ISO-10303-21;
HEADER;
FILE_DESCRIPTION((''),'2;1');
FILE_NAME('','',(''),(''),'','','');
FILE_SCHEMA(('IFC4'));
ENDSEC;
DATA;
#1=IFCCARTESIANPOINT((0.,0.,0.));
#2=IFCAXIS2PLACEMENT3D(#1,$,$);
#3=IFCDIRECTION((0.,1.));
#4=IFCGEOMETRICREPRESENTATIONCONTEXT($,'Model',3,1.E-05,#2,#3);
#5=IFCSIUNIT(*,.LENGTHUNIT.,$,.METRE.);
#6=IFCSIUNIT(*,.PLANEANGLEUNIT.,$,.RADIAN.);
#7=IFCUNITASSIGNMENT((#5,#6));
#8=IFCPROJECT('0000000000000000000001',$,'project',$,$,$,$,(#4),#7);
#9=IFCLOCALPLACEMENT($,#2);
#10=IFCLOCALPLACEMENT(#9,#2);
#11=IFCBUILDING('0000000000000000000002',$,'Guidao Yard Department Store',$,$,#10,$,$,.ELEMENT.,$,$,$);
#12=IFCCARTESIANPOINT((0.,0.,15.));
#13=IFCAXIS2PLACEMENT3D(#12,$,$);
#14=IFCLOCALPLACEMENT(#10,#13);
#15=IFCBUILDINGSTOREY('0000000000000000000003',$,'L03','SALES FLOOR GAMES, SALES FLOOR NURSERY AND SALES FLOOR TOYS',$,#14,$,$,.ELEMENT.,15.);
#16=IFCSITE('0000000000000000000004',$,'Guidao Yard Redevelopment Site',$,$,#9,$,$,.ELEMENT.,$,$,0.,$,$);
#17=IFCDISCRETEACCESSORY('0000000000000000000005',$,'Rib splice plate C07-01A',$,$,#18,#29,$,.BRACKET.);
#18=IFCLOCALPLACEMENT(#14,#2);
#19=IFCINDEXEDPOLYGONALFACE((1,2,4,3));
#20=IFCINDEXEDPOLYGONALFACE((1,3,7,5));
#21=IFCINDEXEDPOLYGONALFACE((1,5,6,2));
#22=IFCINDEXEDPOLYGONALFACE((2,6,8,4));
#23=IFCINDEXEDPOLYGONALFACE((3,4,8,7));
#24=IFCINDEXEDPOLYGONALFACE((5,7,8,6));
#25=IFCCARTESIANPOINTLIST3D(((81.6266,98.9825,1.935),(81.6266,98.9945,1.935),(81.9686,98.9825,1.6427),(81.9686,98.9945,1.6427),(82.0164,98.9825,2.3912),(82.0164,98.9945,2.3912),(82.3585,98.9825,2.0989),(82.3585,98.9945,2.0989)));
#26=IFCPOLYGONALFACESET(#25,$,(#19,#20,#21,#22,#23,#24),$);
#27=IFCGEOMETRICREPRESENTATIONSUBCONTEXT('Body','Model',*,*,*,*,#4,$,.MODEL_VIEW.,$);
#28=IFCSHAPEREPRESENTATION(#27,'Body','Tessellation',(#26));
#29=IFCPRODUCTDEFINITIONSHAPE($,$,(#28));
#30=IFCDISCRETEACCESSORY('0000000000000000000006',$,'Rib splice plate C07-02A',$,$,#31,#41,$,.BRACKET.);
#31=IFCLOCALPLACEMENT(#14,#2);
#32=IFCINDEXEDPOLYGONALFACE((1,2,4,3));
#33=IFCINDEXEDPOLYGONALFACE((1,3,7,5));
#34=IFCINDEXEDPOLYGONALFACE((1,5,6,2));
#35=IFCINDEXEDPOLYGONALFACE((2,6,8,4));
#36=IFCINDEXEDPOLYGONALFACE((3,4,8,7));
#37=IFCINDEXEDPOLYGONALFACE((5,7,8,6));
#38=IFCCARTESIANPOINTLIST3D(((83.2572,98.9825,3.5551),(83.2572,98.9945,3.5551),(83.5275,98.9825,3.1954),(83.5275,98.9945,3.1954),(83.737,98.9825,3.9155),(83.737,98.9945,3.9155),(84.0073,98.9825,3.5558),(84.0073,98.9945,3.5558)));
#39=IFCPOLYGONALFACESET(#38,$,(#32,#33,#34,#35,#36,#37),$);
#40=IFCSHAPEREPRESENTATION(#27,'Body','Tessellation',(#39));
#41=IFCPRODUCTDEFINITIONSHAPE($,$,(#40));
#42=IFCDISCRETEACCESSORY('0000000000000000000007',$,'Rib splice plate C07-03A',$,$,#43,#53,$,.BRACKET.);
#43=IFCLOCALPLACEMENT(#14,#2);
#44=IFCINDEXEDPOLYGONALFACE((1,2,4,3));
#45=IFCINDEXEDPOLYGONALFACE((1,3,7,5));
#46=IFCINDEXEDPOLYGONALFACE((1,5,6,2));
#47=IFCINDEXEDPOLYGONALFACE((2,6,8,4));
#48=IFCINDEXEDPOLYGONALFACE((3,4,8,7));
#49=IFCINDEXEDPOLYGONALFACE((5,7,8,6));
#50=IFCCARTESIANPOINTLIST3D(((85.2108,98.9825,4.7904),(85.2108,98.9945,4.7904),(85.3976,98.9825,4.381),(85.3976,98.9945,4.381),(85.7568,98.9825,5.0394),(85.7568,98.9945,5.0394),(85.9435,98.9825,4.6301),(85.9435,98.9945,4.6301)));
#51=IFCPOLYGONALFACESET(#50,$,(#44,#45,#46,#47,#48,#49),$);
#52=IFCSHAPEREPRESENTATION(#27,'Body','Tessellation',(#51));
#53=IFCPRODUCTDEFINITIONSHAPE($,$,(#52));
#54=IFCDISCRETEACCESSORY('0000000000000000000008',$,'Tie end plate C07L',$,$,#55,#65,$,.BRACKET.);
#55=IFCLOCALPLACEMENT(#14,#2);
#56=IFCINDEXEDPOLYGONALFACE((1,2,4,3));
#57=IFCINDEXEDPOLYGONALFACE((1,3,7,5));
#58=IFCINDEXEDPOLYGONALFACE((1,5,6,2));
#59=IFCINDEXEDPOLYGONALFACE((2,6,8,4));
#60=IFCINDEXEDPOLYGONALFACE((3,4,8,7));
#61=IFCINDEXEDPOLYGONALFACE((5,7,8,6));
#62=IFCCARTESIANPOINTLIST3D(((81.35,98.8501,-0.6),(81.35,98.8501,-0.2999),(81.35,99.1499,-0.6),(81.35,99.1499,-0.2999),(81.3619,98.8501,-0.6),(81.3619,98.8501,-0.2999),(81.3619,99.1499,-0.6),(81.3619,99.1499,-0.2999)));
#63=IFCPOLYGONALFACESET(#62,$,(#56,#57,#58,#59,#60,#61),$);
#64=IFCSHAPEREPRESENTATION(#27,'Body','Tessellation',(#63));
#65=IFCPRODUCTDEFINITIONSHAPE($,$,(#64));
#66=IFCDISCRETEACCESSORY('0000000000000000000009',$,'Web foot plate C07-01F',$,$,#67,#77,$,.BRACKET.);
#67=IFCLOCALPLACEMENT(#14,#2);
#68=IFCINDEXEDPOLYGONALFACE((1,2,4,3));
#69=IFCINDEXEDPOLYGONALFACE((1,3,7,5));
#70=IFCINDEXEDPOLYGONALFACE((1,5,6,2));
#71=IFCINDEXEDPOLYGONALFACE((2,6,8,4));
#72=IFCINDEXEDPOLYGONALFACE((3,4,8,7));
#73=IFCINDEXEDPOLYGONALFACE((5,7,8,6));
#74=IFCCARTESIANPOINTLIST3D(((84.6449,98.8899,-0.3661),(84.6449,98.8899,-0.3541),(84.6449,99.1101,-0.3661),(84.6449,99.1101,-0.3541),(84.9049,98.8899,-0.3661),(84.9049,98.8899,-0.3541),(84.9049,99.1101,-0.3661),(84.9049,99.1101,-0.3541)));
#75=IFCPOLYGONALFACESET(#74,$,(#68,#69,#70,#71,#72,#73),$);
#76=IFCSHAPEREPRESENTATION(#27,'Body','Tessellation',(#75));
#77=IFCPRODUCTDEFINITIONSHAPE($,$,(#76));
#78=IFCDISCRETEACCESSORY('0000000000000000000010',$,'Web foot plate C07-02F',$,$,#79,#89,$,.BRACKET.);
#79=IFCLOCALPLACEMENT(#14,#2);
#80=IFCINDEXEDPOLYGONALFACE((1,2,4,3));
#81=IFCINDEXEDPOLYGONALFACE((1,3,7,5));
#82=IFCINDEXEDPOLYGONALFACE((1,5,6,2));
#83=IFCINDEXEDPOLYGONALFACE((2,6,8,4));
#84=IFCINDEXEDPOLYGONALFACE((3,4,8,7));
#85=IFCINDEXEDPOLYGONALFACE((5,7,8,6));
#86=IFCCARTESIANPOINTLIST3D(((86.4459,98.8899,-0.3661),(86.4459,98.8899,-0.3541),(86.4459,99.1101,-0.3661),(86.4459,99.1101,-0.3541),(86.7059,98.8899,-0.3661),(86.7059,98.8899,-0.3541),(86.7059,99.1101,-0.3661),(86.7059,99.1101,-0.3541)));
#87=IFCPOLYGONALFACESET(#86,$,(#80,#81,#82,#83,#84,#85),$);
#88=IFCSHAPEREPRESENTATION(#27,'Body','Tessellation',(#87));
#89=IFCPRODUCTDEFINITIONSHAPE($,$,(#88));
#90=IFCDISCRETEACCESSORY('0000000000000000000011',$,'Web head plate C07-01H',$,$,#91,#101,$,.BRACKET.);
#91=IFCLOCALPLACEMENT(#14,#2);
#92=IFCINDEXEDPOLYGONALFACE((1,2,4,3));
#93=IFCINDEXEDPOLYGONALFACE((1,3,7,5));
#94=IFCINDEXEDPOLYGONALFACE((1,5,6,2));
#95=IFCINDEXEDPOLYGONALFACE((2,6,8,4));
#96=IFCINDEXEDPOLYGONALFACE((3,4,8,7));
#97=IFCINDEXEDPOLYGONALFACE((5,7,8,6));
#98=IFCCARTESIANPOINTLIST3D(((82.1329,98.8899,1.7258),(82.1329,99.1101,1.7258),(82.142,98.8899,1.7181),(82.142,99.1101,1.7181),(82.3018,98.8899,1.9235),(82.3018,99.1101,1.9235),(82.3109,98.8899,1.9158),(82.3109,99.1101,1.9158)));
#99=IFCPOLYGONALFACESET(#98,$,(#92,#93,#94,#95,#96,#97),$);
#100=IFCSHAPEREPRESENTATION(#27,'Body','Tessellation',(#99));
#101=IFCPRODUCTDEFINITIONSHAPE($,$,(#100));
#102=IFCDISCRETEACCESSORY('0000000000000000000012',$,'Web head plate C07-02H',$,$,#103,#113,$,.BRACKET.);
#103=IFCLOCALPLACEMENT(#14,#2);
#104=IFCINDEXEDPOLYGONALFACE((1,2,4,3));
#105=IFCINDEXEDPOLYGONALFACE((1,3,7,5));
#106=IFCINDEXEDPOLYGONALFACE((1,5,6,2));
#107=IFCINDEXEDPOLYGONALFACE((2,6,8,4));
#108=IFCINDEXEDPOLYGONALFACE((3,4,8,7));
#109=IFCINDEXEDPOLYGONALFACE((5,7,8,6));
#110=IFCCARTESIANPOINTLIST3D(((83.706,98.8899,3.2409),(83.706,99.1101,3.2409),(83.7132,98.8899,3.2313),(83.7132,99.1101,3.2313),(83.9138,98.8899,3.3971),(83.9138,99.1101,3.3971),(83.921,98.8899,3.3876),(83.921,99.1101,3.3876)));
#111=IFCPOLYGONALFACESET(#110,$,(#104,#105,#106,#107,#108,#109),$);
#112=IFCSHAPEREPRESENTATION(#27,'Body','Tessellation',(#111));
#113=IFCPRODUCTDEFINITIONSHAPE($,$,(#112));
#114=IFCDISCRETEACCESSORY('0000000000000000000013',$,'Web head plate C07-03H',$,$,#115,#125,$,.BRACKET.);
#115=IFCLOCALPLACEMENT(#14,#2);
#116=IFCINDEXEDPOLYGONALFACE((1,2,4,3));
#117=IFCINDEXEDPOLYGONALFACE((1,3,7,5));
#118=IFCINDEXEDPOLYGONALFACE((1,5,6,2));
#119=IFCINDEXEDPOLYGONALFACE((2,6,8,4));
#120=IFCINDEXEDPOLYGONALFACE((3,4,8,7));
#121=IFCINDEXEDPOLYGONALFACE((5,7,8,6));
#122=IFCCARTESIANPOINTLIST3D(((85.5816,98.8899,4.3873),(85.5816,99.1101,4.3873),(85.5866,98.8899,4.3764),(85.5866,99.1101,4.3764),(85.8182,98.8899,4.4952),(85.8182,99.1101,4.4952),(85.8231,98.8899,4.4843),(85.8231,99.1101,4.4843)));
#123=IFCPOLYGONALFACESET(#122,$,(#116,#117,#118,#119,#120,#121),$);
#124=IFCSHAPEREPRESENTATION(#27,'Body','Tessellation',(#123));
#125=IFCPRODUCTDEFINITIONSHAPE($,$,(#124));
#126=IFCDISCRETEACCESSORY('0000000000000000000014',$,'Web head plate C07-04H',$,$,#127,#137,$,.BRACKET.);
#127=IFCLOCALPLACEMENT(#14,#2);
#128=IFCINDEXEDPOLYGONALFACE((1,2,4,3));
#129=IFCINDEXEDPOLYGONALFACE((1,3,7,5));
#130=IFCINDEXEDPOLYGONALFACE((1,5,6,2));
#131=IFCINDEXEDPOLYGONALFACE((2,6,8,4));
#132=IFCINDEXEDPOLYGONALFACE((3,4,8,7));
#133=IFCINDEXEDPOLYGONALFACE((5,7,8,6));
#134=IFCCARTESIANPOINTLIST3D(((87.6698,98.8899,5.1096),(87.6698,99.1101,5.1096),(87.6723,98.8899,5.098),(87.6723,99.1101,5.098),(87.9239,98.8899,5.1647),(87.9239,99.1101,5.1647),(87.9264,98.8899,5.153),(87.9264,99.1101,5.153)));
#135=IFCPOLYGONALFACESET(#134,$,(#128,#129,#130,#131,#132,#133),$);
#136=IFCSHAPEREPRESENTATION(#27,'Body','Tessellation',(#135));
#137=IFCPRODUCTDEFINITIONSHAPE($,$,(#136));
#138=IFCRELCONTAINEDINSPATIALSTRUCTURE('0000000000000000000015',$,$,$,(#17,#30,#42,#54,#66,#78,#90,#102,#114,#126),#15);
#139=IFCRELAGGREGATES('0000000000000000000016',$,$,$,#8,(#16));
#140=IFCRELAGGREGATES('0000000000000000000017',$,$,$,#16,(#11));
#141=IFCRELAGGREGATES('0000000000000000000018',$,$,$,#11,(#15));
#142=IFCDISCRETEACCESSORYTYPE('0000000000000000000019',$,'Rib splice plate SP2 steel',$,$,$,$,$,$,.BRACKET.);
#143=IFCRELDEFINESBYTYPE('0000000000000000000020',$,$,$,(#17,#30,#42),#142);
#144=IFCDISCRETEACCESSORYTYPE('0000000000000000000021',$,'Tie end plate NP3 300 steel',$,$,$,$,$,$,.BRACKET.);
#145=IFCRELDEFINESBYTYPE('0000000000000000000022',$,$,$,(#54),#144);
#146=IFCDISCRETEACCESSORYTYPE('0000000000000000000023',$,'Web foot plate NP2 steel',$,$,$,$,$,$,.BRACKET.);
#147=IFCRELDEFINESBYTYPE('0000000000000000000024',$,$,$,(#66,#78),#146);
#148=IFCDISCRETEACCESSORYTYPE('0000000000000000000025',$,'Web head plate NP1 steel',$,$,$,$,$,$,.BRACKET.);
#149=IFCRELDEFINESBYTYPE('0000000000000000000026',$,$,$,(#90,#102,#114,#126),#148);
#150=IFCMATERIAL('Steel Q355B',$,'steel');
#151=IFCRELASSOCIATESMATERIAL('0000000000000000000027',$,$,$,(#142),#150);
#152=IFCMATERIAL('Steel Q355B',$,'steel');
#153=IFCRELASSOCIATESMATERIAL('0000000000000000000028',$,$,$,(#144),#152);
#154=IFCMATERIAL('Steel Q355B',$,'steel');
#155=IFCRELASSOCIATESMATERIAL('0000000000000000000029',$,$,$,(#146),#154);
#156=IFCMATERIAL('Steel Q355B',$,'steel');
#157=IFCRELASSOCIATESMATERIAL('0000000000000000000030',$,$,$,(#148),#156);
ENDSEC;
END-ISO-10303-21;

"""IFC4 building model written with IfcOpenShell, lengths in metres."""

from ifc_helpers import new_model, si_unit, direction, frame, origin, origin_2d, place, context, subcontext, project, spatial, rectangle, extrude, material, material_profile, profile_set, type_object, element, save


model = new_model("IFC4")

# Units and contexts
model_context = context("Model", 3, precision=1e-05, world=origin(), true_north=direction((0.0, 1.0)))
body_context = subcontext(model_context, "Body", "Model", "MODEL_VIEW")
ifc_project = project(units=[si_unit("LENGTHUNIT", "METRE"), si_unit("PLANEANGLEUNIT", "RADIAN")], contexts=[model_context])

# Site, building, storey
site_placement = place(None, origin())
site = spatial("IfcSite", under=ifc_project, at=site_placement, Name="Guidao Yard Redevelopment Site", CompositionType="ELEMENT", RefElevation=0.0)
building_placement = place(site_placement, origin())
building = spatial("IfcBuilding", under=site, at=building_placement, Name="Guidao Yard Department Store", CompositionType="ELEMENT")
storey_placement = place(building_placement, frame((0.0, 0.0, 15.0)))
storey = spatial("IfcBuildingStorey", under=building, at=storey_placement, Name="L03", Description="SALES FLOOR GAMES, SALES FLOOR NURSERY AND SALES FLOOR TOYS", CompositionType="ELEMENT", Elevation=15.0)

# Discrete accessories
ifc_material_1 = material(Name="Steel Q355B", Category="steel")
ifc_material_profile_1 = material_profile(ifc_material_1, rectangle(XDim=0.012, YDim=0.45, at=origin_2d()), Name="Splice plate 450x12")
ifc_profile_set_1 = profile_set([ifc_material_profile_1], Name="Steel Q355B")
discrete_accessory_type_1 = type_object("IfcDiscreteAccessoryType", Name="Rib splice plate SP2 steel", PredefinedType="BRACKET", material=ifc_profile_set_1)
for number, where, z_axis, x_axis, name in (
    (1, (81.7976, 98.9885, 1.7888), (0.649618, 0.0, 0.760261), (0.0, 1.0, 0.0), "Rib splice plate C07-01A"),
    (2, (83.3923, 98.9885, 3.3752), (0.79956, 0.0, 0.600586), (0.0, 1.0, 0.0), "Rib splice plate C07-02A"),
    (3, (85.3042, 98.9885, 4.5857), (0.909808, 0.0, 0.415029), (0.0, 1.0, 0.0), "Rib splice plate C07-03A"),
):
    element("IfcDiscreteAccessory", number, at=place(storey_placement, frame(where, z_axis=z_axis, x_axis=x_axis)), inside=storey, type_object=discrete_accessory_type_1, Name=name, PredefinedType="BRACKET", context=body_context, shape_type="SweptSolid", body=[
        extrude(rectangle(XDim=0.012, YDim=0.45, at=origin_2d()), origin(), (0.0, 0.0, 1.0), 0.6001),
    ])
ifc_material_2 = material(Name="Steel Q355B", Category="steel")
ifc_material_profile_2 = material_profile(ifc_material_2, rectangle(XDim=0.3, YDim=0.012, at=origin_2d()), Name="Node plate 300x12")
ifc_profile_set_2 = profile_set([ifc_material_profile_2], Name="Steel Q355B")
discrete_accessory_type_2 = type_object("IfcDiscreteAccessoryType", Name="Tie end plate NP3 300 steel", PredefinedType="BRACKET", material=ifc_profile_set_2)
discrete_accessory_1_placement = place(storey_placement, frame((81.356, 98.8501, -0.45), z_axis=(0.0, 1.0, 0.0), x_axis=(0.0, 0.0, 1.0)))
element("IfcDiscreteAccessory", 4, at=discrete_accessory_1_placement, inside=storey, type_object=discrete_accessory_type_2, Name="Tie end plate C07L", PredefinedType="BRACKET", context=body_context, shape_type="SweptSolid", body=[
    extrude(rectangle(XDim=0.3, YDim=0.012, at=origin_2d()), origin(), (0.0, 0.0, 1.0), 0.2998),
])
ifc_material_3 = material(Name="Steel Q355B", Category="steel")
ifc_material_profile_3 = material_profile(ifc_material_3, rectangle(XDim=0.26, YDim=0.012, at=origin_2d()), Name="Node plate 260x12")
ifc_profile_set_3 = profile_set([ifc_material_profile_3], Name="Steel Q355B")
discrete_accessory_type_3 = type_object("IfcDiscreteAccessoryType", Name="Web foot plate NP2 steel", PredefinedType="BRACKET", material=ifc_profile_set_3)
for number, where, z_axis, x_axis, name in (
    (5, (84.7749, 98.8899, -0.3601), (0.0, 1.0, 0.0), (-1.0, 0.0, 0.0), "Web foot plate C07-01F"),
    (6, (86.5759, 98.8899, -0.3601), (0.0, 1.0, 0.0), (-1.0, 0.0, 0.0), "Web foot plate C07-02F"),
):
    element("IfcDiscreteAccessory", number, at=place(storey_placement, frame(where, z_axis=z_axis, x_axis=x_axis)), inside=storey, type_object=discrete_accessory_type_3, Name=name, PredefinedType="BRACKET", context=body_context, shape_type="SweptSolid", body=[
        extrude(rectangle(XDim=0.26, YDim=0.012, at=origin_2d()), origin(), (0.0, 0.0, 1.0), 0.2202),
    ])
ifc_material_4 = material(Name="Steel Q355B", Category="steel")
ifc_material_profile_4 = material_profile(ifc_material_4, rectangle(XDim=0.26, YDim=0.012, at=origin_2d()), Name="Node plate 260x12")
ifc_profile_set_4 = profile_set([ifc_material_profile_4], Name="Steel Q355B")
discrete_accessory_type_4 = type_object("IfcDiscreteAccessoryType", Name="Web head plate NP1 steel", PredefinedType="BRACKET", material=ifc_profile_set_4)
for number, where, z_axis, x_axis, name in (
    (7, (82.2219, 98.8899, 1.8208), (0.0, 1.0, 0.0), (-0.649537, 0.0, -0.76033), "Web head plate C07-01H"),
    (8, (83.8135, 98.8899, 3.3142), (0.0, 1.0, 0.0), (-0.799284, 0.0, -0.600954), "Web head plate C07-02H"),
    (9, (85.7024, 98.8899, 4.4358), (0.0, 1.0, 0.0), (-0.909751, 0.0, -0.415155), "Web head plate C07-03H"),
    (10, (87.7981, 98.8899, 5.1313), (0.0, 1.0, 0.0), (-0.977292, 0.0, -0.211897), "Web head plate C07-04H"),
):
    element("IfcDiscreteAccessory", number, at=place(storey_placement, frame(where, z_axis=z_axis, x_axis=x_axis)), inside=storey, type_object=discrete_accessory_type_4, Name=name, PredefinedType="BRACKET", context=body_context, shape_type="SweptSolid", body=[
        extrude(rectangle(XDim=0.26, YDim=0.012, at=origin_2d()), origin(), (0.0, 0.0, 1.0), 0.2202),
    ])

save(model, "model.ifc")
